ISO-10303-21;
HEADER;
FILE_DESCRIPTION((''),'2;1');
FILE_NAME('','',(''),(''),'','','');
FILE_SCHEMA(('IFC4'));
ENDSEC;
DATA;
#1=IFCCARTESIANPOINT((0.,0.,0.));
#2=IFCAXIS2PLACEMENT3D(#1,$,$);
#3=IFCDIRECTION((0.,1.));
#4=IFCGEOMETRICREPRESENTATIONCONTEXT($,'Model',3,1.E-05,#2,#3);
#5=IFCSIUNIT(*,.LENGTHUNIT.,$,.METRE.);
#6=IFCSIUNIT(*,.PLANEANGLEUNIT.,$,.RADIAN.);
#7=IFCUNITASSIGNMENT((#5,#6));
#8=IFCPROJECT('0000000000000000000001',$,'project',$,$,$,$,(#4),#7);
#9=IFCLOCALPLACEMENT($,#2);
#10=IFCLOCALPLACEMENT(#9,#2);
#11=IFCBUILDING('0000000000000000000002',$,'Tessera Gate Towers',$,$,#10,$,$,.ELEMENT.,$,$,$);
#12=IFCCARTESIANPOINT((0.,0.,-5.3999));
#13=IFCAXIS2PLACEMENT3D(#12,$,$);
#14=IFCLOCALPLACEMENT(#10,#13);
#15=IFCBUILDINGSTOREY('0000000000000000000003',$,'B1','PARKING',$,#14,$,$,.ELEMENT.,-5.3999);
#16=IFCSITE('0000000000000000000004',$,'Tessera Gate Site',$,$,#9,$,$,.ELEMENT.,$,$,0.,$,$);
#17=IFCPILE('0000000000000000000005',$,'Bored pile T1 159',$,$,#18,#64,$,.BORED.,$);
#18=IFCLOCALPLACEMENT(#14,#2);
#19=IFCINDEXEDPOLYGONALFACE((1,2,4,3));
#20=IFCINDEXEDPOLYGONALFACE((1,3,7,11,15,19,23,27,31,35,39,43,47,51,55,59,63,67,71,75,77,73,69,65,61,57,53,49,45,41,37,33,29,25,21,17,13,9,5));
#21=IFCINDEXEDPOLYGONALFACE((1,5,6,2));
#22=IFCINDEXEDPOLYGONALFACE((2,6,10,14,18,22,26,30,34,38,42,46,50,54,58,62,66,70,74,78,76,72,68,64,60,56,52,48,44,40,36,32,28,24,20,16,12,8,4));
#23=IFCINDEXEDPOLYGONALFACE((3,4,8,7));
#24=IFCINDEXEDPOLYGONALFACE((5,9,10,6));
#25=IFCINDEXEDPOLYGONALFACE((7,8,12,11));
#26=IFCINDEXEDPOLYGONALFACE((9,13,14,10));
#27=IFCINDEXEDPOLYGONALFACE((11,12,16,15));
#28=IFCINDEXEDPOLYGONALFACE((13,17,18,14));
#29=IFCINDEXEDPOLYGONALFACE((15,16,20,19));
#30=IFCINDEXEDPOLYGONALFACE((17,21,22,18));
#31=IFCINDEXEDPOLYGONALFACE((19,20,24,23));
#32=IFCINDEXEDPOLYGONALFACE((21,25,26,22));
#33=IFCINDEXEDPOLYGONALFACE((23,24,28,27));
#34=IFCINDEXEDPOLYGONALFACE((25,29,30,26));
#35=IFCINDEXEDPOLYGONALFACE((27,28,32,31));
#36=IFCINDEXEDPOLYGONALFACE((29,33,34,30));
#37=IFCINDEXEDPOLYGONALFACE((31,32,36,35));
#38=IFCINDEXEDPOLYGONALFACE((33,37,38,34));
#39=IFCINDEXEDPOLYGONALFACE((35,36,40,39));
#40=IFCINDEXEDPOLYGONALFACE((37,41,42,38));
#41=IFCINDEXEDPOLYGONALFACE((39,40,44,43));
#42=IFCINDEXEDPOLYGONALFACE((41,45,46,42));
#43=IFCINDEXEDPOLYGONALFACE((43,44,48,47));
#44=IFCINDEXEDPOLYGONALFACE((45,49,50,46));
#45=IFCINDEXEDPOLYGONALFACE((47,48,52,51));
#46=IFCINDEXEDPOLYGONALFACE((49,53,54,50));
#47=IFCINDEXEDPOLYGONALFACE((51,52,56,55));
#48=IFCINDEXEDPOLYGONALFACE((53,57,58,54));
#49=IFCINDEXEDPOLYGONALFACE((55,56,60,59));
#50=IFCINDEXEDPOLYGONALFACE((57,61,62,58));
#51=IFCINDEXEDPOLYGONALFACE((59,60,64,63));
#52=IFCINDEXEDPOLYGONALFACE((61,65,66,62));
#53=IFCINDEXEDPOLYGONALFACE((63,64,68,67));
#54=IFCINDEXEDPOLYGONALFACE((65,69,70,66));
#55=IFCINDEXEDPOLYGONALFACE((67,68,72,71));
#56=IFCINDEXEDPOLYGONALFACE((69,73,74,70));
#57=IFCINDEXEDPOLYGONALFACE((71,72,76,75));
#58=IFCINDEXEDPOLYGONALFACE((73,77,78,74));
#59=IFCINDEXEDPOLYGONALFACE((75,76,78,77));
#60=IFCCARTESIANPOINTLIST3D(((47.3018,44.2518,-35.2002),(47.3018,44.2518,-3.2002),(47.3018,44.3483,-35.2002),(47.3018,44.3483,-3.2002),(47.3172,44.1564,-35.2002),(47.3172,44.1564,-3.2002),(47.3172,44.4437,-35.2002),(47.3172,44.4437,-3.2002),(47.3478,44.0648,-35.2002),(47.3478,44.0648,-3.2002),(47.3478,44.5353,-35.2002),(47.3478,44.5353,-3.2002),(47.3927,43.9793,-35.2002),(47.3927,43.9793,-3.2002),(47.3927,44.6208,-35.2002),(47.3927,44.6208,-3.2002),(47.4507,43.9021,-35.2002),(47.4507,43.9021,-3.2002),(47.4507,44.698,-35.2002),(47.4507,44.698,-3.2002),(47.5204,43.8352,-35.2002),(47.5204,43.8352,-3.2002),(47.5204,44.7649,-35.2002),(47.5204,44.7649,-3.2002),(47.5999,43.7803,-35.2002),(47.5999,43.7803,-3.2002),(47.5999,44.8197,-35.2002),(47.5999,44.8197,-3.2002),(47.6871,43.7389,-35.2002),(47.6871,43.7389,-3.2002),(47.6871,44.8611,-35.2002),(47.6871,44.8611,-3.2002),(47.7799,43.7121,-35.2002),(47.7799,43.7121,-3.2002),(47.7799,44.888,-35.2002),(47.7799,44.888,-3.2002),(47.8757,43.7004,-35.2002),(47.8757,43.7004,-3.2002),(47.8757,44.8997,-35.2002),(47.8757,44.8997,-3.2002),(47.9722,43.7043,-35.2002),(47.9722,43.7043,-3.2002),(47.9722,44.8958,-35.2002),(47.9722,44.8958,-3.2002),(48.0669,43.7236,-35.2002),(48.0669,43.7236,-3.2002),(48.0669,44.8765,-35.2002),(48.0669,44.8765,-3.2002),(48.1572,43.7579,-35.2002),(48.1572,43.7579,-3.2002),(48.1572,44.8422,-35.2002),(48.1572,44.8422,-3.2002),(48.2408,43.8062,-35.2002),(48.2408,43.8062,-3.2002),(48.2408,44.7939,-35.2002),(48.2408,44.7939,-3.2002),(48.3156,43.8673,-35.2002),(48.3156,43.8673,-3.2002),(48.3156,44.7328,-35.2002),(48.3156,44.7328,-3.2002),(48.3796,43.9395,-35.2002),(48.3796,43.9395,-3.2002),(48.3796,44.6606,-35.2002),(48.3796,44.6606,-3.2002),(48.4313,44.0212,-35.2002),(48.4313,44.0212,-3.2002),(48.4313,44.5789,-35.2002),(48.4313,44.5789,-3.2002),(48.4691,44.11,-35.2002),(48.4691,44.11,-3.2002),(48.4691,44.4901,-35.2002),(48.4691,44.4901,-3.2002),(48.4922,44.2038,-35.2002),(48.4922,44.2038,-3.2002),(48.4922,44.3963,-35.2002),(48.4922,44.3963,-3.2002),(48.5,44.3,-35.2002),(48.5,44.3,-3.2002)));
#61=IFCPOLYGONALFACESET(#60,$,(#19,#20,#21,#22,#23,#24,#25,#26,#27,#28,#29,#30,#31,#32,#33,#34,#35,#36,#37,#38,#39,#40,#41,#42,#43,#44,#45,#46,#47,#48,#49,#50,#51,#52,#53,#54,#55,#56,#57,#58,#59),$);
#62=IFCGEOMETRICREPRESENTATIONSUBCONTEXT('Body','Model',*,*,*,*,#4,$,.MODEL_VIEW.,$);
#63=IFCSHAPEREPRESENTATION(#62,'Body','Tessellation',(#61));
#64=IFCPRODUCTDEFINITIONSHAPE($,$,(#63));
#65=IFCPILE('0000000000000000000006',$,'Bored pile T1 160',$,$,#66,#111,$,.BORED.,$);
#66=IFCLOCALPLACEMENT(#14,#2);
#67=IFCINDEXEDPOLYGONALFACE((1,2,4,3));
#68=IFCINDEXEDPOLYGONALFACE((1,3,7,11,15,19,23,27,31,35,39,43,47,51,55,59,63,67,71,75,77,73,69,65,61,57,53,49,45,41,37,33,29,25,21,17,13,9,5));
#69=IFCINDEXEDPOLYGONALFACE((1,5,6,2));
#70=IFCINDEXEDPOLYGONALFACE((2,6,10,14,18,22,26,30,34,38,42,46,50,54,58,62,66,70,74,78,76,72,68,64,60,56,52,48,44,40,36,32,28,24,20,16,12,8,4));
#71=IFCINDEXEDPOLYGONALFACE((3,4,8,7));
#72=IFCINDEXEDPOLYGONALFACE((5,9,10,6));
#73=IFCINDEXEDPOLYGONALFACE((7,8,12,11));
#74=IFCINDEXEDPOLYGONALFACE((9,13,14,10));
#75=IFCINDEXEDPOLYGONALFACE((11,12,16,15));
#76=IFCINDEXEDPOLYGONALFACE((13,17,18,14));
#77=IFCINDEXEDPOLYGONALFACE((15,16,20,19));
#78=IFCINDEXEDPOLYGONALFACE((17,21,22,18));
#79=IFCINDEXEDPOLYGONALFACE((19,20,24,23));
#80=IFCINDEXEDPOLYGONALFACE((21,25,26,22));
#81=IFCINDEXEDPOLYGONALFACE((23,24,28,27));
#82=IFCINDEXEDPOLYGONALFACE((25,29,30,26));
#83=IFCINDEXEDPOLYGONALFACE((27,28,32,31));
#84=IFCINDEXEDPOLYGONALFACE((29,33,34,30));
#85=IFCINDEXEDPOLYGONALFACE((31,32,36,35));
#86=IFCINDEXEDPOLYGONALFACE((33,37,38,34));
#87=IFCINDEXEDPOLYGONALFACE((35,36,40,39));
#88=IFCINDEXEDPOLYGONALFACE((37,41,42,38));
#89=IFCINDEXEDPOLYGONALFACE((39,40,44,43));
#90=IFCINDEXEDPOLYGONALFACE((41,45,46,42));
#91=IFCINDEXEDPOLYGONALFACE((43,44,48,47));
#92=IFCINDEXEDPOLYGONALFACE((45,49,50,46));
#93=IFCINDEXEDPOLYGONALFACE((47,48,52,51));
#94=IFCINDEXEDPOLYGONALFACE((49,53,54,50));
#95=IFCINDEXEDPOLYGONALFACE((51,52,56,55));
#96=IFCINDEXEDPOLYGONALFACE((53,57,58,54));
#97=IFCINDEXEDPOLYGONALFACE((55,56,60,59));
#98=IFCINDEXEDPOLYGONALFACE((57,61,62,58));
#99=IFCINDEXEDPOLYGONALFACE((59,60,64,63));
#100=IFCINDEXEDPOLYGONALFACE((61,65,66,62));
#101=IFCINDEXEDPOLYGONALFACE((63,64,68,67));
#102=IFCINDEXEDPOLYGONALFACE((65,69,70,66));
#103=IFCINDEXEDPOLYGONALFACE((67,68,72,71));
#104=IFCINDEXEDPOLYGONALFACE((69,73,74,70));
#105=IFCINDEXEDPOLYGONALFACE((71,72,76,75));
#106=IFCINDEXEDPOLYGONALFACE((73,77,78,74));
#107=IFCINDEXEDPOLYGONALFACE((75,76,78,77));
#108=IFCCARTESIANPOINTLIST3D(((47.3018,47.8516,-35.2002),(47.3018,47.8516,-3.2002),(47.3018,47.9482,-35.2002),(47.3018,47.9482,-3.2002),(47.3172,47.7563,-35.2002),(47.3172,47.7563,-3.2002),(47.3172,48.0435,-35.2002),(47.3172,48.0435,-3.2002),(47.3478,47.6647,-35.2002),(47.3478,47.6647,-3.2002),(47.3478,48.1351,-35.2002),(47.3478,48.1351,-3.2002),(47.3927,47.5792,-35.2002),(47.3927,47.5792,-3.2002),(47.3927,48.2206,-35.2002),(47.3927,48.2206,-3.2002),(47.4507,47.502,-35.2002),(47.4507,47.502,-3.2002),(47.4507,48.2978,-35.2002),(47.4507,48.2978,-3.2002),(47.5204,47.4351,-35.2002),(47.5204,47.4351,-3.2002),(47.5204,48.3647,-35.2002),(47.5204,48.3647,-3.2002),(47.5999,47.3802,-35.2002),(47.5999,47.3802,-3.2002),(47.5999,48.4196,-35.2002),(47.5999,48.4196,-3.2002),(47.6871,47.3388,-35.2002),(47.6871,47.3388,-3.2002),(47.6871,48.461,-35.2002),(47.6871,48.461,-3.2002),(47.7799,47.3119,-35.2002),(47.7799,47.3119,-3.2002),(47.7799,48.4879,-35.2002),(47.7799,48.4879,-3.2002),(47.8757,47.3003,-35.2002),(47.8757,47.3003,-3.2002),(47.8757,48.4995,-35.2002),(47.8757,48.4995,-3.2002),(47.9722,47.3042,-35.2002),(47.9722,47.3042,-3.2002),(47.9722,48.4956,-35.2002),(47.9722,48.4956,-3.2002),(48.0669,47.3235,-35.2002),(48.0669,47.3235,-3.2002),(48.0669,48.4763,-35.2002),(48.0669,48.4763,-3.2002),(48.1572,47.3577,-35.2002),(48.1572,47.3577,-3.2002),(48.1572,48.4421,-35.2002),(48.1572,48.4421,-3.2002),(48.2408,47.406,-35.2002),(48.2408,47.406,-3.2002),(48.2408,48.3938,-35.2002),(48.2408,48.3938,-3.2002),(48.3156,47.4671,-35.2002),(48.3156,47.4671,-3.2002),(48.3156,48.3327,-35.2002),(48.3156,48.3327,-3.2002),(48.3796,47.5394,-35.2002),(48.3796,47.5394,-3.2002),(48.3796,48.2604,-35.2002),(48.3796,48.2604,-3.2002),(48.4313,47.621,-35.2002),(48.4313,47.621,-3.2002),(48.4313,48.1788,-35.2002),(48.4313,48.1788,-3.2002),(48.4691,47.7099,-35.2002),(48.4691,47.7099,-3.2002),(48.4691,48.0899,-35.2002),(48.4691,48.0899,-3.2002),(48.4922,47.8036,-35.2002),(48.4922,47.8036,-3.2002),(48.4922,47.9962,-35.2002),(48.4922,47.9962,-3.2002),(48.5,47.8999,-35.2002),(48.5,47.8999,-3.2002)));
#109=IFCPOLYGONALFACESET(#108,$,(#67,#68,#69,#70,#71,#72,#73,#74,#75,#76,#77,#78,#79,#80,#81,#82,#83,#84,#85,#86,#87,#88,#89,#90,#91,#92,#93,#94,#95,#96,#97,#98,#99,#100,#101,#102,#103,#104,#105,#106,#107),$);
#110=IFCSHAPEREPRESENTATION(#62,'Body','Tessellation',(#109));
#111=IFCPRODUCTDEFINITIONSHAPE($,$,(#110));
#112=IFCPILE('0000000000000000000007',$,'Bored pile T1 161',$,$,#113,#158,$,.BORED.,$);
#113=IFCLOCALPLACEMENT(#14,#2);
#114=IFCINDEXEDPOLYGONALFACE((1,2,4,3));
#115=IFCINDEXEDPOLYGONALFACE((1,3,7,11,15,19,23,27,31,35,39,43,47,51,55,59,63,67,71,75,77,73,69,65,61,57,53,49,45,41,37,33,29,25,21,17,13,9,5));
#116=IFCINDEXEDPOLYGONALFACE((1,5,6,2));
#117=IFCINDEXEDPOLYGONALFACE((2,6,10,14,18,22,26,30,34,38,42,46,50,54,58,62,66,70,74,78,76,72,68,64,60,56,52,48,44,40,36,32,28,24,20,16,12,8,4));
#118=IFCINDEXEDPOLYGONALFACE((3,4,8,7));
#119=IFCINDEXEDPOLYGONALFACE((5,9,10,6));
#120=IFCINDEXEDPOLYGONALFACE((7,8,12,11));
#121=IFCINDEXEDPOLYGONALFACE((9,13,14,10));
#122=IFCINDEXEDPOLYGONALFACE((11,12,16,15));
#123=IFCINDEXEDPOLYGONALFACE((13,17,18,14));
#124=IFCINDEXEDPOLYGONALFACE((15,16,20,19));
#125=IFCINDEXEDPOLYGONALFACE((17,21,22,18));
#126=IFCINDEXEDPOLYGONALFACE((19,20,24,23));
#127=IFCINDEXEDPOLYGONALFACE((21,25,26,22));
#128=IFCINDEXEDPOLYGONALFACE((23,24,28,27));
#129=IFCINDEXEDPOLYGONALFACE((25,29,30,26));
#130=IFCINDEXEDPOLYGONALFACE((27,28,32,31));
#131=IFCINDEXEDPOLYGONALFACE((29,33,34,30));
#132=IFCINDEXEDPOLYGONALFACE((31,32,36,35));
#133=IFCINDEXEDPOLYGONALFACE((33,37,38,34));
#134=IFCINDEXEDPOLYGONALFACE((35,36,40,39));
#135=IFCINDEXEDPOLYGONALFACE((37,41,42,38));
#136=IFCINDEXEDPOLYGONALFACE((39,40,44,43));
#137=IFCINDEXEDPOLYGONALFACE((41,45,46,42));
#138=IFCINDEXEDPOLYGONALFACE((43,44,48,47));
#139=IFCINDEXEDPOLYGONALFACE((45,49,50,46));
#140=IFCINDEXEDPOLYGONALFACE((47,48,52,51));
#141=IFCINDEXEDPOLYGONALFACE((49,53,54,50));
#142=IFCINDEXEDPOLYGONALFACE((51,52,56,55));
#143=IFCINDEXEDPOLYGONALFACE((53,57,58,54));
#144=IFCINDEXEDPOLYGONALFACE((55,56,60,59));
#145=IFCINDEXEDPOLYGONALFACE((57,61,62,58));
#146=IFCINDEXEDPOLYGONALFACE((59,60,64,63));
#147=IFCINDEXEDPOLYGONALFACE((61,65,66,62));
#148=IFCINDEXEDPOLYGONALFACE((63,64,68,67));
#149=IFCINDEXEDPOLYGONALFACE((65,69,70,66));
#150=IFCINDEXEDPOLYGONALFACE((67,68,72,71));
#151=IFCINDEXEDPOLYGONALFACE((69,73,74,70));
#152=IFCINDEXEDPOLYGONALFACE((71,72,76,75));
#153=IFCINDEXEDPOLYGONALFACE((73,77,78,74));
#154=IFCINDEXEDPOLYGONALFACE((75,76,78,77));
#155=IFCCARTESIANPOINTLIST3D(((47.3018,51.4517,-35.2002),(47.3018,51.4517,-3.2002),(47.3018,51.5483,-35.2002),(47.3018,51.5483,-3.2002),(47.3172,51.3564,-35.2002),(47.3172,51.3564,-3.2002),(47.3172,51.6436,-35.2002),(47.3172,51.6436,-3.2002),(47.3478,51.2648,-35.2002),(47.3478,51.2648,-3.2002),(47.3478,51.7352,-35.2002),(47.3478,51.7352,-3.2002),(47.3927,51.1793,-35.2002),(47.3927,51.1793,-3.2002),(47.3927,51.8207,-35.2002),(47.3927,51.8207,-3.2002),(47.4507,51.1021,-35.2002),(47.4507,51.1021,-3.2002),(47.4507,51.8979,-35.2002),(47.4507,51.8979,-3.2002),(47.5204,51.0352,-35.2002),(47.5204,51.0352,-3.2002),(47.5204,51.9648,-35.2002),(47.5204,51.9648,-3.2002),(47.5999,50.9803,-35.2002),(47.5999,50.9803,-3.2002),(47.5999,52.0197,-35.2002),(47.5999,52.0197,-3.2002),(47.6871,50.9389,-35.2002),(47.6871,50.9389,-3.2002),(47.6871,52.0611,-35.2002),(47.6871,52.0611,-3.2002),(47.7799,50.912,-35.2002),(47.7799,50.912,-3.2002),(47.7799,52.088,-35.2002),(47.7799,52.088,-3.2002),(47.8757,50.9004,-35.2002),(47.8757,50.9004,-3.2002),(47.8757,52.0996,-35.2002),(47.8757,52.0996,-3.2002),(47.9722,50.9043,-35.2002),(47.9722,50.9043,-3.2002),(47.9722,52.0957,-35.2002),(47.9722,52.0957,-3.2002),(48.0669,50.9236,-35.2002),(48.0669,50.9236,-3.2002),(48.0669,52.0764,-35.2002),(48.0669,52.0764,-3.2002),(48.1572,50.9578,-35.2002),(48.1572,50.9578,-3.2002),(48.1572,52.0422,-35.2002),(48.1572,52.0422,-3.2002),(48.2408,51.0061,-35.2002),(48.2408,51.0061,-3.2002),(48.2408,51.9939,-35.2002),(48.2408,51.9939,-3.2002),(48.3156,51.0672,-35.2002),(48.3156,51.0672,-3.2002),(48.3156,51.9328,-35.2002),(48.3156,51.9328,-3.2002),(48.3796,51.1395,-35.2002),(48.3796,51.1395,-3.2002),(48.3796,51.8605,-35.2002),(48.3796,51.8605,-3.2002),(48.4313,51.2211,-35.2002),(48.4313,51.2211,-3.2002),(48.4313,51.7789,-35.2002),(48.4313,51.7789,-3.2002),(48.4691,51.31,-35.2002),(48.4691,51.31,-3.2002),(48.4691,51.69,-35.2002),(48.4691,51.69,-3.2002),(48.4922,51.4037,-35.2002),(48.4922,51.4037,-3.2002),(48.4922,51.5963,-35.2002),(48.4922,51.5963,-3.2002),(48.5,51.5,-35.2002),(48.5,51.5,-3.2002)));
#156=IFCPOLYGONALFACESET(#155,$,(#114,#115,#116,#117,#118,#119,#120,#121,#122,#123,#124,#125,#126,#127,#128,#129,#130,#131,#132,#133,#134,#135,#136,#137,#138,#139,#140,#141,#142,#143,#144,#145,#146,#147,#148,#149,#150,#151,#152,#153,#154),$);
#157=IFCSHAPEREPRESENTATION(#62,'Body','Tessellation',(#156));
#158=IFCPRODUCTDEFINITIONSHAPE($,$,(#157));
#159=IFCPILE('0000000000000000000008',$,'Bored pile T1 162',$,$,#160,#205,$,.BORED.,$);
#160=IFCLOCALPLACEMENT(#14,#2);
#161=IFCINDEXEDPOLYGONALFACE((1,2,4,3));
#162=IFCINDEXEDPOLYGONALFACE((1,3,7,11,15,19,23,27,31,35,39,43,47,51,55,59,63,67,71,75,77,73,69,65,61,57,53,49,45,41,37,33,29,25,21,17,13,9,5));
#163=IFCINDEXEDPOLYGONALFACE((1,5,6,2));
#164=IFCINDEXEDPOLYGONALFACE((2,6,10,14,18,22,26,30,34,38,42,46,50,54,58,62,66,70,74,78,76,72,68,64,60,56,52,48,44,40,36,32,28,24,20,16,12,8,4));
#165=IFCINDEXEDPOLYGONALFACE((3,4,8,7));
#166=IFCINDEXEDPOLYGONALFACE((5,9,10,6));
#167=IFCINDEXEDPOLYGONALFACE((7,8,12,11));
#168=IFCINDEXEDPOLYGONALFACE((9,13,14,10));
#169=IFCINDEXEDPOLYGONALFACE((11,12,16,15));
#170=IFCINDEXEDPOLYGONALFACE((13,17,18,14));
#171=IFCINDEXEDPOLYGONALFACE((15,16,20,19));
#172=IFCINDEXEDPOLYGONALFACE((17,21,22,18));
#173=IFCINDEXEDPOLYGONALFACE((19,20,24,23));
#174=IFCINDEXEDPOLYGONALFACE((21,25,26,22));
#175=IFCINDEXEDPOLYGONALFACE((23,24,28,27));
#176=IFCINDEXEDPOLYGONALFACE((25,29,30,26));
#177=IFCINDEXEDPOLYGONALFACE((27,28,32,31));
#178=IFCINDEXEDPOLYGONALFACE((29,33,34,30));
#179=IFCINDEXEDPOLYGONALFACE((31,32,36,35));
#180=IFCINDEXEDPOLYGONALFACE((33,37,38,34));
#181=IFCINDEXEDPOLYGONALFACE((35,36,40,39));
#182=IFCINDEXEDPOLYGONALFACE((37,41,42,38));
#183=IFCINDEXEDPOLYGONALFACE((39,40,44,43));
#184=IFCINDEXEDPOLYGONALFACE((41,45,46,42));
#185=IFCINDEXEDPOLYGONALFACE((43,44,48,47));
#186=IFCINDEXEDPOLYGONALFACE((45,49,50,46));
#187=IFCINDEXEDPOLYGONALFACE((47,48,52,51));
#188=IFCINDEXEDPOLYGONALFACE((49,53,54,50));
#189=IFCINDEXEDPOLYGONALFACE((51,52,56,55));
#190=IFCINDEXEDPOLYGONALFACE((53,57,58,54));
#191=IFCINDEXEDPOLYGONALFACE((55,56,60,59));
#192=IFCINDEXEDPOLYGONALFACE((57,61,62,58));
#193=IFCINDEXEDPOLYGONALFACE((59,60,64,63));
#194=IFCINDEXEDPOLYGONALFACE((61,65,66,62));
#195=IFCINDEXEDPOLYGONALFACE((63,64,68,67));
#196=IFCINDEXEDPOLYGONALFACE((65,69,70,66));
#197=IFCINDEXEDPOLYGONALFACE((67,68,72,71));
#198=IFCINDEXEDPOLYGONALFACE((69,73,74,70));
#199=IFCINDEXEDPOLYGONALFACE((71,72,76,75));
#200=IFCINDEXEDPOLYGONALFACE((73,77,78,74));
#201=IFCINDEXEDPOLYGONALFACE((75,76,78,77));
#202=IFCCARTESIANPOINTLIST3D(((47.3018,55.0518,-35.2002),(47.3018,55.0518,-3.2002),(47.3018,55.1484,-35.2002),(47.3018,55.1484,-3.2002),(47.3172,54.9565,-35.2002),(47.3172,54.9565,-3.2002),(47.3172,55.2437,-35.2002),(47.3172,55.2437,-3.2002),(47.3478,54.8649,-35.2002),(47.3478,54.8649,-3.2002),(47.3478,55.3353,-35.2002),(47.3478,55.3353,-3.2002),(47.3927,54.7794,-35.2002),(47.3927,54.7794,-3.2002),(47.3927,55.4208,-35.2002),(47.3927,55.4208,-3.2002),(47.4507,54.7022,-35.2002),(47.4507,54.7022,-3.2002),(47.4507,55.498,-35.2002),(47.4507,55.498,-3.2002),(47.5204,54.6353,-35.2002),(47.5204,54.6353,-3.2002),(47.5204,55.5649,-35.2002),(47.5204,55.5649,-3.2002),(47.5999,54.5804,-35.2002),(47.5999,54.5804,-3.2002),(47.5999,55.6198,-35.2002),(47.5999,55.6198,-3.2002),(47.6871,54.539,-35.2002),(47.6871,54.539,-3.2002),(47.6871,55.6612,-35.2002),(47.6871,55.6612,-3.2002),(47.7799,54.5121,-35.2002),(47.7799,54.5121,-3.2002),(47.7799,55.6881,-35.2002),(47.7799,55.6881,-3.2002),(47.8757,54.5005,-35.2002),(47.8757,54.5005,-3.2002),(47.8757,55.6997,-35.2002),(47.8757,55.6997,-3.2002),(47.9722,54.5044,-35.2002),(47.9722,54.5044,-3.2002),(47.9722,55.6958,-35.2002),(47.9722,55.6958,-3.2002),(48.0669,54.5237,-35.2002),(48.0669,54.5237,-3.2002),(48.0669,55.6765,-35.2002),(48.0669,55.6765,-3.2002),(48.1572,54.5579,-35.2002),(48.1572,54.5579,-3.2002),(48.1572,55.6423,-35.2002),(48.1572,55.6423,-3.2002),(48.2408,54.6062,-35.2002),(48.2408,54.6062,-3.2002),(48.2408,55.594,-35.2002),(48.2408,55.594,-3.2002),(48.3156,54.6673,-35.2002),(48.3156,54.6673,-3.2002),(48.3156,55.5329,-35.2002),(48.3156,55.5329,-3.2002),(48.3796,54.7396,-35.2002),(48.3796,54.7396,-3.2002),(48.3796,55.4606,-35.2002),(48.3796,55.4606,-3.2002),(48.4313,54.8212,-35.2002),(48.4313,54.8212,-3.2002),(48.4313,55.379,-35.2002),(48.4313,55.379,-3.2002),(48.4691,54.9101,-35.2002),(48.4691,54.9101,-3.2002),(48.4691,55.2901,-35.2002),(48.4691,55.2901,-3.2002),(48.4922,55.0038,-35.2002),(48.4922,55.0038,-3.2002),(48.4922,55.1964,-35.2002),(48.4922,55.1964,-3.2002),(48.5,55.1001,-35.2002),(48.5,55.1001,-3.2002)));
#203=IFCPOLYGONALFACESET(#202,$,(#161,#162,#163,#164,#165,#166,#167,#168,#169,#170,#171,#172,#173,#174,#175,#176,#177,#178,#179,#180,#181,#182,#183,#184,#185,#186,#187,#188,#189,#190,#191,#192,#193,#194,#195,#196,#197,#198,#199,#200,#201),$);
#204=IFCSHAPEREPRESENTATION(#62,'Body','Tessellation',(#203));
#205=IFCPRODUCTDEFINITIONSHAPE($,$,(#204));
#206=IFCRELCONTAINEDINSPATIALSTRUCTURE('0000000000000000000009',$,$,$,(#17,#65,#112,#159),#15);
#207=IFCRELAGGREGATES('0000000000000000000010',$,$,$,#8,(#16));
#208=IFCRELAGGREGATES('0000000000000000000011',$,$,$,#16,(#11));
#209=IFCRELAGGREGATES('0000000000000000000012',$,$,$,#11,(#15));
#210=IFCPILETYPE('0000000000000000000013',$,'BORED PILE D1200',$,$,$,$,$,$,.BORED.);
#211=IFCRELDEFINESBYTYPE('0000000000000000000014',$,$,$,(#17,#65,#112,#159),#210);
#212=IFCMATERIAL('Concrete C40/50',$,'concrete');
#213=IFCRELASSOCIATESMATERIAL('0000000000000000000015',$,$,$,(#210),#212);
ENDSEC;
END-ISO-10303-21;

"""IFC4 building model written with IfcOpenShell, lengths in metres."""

from ifc_helpers import new_model, si_unit, direction, frame, origin, origin_2d, place, context, subcontext, project, spatial, circle, extrude, material, material_profile, profile_set, type_object, element, save


model = new_model("IFC4")

# Units and contexts
model_context = context("Model", 3, precision=1e-05, world=origin(), true_north=direction((0.0, 1.0)))
body_context = subcontext(model_context, "Body", "Model", "MODEL_VIEW")
ifc_project = project(units=[si_unit("LENGTHUNIT", "METRE"), si_unit("PLANEANGLEUNIT", "RADIAN")], contexts=[model_context])

# Site, building, storey
site_placement = place(None, origin())
site = spatial("IfcSite", under=ifc_project, at=site_placement, Name="Tessera Gate Site", CompositionType="ELEMENT", RefElevation=0.0)
building_placement = place(site_placement, origin())
building = spatial("IfcBuilding", under=site, at=building_placement, Name="Tessera Gate Towers", CompositionType="ELEMENT")
storey_placement = place(building_placement, frame((0.0, 0.0, -5.3999)))
storey = spatial("IfcBuildingStorey", under=building, at=storey_placement, Name="B1", Description="PARKING", CompositionType="ELEMENT", Elevation=-5.3999)

# Piles
ifc_material_1 = material(Name="Concrete C40/50", Category="concrete")
ifc_material_profile_1 = material_profile(ifc_material_1, circle(Radius=0.6001, at=origin_2d()), Name="BORED PILE D1200")
ifc_profile_set_1 = profile_set([ifc_material_profile_1], Name="Concrete C40/50")
pile_type = type_object("IfcPileType", Name="BORED PILE D1200", PredefinedType="BORED", material=ifc_profile_set_1)
for number, where, z_axis, x_axis, name in (
    (1, (47.8999, 44.3, -3.2002), (0.0, 0.0, -1.0), (1.0, 0.0, 0.0), "Bored pile T1 159"),
    (2, (47.8999, 47.8999, -3.2002), (0.0, 0.0, -1.0), (1.0, 0.0, 0.0), "Bored pile T1 160"),
    (3, (47.8999, 51.5, -3.2002), (0.0, 0.0, -1.0), (1.0, 0.0, 0.0), "Bored pile T1 161"),
    (4, (47.8999, 55.1001, -3.2002), (0.0, 0.0, -1.0), (1.0, 0.0, 0.0), "Bored pile T1 162"),
):
    element("IfcPile", number, at=place(storey_placement, frame(where, z_axis=z_axis, x_axis=x_axis)), inside=storey, type_object=pile_type, Name=name, PredefinedType="BORED", context=body_context, shape_type="SweptSolid", body=[
        extrude(circle(Radius=0.6001, at=origin_2d()), origin(), (0.0, 0.0, 1.0), 32.0),
    ])

save(model, "model.ifc")
